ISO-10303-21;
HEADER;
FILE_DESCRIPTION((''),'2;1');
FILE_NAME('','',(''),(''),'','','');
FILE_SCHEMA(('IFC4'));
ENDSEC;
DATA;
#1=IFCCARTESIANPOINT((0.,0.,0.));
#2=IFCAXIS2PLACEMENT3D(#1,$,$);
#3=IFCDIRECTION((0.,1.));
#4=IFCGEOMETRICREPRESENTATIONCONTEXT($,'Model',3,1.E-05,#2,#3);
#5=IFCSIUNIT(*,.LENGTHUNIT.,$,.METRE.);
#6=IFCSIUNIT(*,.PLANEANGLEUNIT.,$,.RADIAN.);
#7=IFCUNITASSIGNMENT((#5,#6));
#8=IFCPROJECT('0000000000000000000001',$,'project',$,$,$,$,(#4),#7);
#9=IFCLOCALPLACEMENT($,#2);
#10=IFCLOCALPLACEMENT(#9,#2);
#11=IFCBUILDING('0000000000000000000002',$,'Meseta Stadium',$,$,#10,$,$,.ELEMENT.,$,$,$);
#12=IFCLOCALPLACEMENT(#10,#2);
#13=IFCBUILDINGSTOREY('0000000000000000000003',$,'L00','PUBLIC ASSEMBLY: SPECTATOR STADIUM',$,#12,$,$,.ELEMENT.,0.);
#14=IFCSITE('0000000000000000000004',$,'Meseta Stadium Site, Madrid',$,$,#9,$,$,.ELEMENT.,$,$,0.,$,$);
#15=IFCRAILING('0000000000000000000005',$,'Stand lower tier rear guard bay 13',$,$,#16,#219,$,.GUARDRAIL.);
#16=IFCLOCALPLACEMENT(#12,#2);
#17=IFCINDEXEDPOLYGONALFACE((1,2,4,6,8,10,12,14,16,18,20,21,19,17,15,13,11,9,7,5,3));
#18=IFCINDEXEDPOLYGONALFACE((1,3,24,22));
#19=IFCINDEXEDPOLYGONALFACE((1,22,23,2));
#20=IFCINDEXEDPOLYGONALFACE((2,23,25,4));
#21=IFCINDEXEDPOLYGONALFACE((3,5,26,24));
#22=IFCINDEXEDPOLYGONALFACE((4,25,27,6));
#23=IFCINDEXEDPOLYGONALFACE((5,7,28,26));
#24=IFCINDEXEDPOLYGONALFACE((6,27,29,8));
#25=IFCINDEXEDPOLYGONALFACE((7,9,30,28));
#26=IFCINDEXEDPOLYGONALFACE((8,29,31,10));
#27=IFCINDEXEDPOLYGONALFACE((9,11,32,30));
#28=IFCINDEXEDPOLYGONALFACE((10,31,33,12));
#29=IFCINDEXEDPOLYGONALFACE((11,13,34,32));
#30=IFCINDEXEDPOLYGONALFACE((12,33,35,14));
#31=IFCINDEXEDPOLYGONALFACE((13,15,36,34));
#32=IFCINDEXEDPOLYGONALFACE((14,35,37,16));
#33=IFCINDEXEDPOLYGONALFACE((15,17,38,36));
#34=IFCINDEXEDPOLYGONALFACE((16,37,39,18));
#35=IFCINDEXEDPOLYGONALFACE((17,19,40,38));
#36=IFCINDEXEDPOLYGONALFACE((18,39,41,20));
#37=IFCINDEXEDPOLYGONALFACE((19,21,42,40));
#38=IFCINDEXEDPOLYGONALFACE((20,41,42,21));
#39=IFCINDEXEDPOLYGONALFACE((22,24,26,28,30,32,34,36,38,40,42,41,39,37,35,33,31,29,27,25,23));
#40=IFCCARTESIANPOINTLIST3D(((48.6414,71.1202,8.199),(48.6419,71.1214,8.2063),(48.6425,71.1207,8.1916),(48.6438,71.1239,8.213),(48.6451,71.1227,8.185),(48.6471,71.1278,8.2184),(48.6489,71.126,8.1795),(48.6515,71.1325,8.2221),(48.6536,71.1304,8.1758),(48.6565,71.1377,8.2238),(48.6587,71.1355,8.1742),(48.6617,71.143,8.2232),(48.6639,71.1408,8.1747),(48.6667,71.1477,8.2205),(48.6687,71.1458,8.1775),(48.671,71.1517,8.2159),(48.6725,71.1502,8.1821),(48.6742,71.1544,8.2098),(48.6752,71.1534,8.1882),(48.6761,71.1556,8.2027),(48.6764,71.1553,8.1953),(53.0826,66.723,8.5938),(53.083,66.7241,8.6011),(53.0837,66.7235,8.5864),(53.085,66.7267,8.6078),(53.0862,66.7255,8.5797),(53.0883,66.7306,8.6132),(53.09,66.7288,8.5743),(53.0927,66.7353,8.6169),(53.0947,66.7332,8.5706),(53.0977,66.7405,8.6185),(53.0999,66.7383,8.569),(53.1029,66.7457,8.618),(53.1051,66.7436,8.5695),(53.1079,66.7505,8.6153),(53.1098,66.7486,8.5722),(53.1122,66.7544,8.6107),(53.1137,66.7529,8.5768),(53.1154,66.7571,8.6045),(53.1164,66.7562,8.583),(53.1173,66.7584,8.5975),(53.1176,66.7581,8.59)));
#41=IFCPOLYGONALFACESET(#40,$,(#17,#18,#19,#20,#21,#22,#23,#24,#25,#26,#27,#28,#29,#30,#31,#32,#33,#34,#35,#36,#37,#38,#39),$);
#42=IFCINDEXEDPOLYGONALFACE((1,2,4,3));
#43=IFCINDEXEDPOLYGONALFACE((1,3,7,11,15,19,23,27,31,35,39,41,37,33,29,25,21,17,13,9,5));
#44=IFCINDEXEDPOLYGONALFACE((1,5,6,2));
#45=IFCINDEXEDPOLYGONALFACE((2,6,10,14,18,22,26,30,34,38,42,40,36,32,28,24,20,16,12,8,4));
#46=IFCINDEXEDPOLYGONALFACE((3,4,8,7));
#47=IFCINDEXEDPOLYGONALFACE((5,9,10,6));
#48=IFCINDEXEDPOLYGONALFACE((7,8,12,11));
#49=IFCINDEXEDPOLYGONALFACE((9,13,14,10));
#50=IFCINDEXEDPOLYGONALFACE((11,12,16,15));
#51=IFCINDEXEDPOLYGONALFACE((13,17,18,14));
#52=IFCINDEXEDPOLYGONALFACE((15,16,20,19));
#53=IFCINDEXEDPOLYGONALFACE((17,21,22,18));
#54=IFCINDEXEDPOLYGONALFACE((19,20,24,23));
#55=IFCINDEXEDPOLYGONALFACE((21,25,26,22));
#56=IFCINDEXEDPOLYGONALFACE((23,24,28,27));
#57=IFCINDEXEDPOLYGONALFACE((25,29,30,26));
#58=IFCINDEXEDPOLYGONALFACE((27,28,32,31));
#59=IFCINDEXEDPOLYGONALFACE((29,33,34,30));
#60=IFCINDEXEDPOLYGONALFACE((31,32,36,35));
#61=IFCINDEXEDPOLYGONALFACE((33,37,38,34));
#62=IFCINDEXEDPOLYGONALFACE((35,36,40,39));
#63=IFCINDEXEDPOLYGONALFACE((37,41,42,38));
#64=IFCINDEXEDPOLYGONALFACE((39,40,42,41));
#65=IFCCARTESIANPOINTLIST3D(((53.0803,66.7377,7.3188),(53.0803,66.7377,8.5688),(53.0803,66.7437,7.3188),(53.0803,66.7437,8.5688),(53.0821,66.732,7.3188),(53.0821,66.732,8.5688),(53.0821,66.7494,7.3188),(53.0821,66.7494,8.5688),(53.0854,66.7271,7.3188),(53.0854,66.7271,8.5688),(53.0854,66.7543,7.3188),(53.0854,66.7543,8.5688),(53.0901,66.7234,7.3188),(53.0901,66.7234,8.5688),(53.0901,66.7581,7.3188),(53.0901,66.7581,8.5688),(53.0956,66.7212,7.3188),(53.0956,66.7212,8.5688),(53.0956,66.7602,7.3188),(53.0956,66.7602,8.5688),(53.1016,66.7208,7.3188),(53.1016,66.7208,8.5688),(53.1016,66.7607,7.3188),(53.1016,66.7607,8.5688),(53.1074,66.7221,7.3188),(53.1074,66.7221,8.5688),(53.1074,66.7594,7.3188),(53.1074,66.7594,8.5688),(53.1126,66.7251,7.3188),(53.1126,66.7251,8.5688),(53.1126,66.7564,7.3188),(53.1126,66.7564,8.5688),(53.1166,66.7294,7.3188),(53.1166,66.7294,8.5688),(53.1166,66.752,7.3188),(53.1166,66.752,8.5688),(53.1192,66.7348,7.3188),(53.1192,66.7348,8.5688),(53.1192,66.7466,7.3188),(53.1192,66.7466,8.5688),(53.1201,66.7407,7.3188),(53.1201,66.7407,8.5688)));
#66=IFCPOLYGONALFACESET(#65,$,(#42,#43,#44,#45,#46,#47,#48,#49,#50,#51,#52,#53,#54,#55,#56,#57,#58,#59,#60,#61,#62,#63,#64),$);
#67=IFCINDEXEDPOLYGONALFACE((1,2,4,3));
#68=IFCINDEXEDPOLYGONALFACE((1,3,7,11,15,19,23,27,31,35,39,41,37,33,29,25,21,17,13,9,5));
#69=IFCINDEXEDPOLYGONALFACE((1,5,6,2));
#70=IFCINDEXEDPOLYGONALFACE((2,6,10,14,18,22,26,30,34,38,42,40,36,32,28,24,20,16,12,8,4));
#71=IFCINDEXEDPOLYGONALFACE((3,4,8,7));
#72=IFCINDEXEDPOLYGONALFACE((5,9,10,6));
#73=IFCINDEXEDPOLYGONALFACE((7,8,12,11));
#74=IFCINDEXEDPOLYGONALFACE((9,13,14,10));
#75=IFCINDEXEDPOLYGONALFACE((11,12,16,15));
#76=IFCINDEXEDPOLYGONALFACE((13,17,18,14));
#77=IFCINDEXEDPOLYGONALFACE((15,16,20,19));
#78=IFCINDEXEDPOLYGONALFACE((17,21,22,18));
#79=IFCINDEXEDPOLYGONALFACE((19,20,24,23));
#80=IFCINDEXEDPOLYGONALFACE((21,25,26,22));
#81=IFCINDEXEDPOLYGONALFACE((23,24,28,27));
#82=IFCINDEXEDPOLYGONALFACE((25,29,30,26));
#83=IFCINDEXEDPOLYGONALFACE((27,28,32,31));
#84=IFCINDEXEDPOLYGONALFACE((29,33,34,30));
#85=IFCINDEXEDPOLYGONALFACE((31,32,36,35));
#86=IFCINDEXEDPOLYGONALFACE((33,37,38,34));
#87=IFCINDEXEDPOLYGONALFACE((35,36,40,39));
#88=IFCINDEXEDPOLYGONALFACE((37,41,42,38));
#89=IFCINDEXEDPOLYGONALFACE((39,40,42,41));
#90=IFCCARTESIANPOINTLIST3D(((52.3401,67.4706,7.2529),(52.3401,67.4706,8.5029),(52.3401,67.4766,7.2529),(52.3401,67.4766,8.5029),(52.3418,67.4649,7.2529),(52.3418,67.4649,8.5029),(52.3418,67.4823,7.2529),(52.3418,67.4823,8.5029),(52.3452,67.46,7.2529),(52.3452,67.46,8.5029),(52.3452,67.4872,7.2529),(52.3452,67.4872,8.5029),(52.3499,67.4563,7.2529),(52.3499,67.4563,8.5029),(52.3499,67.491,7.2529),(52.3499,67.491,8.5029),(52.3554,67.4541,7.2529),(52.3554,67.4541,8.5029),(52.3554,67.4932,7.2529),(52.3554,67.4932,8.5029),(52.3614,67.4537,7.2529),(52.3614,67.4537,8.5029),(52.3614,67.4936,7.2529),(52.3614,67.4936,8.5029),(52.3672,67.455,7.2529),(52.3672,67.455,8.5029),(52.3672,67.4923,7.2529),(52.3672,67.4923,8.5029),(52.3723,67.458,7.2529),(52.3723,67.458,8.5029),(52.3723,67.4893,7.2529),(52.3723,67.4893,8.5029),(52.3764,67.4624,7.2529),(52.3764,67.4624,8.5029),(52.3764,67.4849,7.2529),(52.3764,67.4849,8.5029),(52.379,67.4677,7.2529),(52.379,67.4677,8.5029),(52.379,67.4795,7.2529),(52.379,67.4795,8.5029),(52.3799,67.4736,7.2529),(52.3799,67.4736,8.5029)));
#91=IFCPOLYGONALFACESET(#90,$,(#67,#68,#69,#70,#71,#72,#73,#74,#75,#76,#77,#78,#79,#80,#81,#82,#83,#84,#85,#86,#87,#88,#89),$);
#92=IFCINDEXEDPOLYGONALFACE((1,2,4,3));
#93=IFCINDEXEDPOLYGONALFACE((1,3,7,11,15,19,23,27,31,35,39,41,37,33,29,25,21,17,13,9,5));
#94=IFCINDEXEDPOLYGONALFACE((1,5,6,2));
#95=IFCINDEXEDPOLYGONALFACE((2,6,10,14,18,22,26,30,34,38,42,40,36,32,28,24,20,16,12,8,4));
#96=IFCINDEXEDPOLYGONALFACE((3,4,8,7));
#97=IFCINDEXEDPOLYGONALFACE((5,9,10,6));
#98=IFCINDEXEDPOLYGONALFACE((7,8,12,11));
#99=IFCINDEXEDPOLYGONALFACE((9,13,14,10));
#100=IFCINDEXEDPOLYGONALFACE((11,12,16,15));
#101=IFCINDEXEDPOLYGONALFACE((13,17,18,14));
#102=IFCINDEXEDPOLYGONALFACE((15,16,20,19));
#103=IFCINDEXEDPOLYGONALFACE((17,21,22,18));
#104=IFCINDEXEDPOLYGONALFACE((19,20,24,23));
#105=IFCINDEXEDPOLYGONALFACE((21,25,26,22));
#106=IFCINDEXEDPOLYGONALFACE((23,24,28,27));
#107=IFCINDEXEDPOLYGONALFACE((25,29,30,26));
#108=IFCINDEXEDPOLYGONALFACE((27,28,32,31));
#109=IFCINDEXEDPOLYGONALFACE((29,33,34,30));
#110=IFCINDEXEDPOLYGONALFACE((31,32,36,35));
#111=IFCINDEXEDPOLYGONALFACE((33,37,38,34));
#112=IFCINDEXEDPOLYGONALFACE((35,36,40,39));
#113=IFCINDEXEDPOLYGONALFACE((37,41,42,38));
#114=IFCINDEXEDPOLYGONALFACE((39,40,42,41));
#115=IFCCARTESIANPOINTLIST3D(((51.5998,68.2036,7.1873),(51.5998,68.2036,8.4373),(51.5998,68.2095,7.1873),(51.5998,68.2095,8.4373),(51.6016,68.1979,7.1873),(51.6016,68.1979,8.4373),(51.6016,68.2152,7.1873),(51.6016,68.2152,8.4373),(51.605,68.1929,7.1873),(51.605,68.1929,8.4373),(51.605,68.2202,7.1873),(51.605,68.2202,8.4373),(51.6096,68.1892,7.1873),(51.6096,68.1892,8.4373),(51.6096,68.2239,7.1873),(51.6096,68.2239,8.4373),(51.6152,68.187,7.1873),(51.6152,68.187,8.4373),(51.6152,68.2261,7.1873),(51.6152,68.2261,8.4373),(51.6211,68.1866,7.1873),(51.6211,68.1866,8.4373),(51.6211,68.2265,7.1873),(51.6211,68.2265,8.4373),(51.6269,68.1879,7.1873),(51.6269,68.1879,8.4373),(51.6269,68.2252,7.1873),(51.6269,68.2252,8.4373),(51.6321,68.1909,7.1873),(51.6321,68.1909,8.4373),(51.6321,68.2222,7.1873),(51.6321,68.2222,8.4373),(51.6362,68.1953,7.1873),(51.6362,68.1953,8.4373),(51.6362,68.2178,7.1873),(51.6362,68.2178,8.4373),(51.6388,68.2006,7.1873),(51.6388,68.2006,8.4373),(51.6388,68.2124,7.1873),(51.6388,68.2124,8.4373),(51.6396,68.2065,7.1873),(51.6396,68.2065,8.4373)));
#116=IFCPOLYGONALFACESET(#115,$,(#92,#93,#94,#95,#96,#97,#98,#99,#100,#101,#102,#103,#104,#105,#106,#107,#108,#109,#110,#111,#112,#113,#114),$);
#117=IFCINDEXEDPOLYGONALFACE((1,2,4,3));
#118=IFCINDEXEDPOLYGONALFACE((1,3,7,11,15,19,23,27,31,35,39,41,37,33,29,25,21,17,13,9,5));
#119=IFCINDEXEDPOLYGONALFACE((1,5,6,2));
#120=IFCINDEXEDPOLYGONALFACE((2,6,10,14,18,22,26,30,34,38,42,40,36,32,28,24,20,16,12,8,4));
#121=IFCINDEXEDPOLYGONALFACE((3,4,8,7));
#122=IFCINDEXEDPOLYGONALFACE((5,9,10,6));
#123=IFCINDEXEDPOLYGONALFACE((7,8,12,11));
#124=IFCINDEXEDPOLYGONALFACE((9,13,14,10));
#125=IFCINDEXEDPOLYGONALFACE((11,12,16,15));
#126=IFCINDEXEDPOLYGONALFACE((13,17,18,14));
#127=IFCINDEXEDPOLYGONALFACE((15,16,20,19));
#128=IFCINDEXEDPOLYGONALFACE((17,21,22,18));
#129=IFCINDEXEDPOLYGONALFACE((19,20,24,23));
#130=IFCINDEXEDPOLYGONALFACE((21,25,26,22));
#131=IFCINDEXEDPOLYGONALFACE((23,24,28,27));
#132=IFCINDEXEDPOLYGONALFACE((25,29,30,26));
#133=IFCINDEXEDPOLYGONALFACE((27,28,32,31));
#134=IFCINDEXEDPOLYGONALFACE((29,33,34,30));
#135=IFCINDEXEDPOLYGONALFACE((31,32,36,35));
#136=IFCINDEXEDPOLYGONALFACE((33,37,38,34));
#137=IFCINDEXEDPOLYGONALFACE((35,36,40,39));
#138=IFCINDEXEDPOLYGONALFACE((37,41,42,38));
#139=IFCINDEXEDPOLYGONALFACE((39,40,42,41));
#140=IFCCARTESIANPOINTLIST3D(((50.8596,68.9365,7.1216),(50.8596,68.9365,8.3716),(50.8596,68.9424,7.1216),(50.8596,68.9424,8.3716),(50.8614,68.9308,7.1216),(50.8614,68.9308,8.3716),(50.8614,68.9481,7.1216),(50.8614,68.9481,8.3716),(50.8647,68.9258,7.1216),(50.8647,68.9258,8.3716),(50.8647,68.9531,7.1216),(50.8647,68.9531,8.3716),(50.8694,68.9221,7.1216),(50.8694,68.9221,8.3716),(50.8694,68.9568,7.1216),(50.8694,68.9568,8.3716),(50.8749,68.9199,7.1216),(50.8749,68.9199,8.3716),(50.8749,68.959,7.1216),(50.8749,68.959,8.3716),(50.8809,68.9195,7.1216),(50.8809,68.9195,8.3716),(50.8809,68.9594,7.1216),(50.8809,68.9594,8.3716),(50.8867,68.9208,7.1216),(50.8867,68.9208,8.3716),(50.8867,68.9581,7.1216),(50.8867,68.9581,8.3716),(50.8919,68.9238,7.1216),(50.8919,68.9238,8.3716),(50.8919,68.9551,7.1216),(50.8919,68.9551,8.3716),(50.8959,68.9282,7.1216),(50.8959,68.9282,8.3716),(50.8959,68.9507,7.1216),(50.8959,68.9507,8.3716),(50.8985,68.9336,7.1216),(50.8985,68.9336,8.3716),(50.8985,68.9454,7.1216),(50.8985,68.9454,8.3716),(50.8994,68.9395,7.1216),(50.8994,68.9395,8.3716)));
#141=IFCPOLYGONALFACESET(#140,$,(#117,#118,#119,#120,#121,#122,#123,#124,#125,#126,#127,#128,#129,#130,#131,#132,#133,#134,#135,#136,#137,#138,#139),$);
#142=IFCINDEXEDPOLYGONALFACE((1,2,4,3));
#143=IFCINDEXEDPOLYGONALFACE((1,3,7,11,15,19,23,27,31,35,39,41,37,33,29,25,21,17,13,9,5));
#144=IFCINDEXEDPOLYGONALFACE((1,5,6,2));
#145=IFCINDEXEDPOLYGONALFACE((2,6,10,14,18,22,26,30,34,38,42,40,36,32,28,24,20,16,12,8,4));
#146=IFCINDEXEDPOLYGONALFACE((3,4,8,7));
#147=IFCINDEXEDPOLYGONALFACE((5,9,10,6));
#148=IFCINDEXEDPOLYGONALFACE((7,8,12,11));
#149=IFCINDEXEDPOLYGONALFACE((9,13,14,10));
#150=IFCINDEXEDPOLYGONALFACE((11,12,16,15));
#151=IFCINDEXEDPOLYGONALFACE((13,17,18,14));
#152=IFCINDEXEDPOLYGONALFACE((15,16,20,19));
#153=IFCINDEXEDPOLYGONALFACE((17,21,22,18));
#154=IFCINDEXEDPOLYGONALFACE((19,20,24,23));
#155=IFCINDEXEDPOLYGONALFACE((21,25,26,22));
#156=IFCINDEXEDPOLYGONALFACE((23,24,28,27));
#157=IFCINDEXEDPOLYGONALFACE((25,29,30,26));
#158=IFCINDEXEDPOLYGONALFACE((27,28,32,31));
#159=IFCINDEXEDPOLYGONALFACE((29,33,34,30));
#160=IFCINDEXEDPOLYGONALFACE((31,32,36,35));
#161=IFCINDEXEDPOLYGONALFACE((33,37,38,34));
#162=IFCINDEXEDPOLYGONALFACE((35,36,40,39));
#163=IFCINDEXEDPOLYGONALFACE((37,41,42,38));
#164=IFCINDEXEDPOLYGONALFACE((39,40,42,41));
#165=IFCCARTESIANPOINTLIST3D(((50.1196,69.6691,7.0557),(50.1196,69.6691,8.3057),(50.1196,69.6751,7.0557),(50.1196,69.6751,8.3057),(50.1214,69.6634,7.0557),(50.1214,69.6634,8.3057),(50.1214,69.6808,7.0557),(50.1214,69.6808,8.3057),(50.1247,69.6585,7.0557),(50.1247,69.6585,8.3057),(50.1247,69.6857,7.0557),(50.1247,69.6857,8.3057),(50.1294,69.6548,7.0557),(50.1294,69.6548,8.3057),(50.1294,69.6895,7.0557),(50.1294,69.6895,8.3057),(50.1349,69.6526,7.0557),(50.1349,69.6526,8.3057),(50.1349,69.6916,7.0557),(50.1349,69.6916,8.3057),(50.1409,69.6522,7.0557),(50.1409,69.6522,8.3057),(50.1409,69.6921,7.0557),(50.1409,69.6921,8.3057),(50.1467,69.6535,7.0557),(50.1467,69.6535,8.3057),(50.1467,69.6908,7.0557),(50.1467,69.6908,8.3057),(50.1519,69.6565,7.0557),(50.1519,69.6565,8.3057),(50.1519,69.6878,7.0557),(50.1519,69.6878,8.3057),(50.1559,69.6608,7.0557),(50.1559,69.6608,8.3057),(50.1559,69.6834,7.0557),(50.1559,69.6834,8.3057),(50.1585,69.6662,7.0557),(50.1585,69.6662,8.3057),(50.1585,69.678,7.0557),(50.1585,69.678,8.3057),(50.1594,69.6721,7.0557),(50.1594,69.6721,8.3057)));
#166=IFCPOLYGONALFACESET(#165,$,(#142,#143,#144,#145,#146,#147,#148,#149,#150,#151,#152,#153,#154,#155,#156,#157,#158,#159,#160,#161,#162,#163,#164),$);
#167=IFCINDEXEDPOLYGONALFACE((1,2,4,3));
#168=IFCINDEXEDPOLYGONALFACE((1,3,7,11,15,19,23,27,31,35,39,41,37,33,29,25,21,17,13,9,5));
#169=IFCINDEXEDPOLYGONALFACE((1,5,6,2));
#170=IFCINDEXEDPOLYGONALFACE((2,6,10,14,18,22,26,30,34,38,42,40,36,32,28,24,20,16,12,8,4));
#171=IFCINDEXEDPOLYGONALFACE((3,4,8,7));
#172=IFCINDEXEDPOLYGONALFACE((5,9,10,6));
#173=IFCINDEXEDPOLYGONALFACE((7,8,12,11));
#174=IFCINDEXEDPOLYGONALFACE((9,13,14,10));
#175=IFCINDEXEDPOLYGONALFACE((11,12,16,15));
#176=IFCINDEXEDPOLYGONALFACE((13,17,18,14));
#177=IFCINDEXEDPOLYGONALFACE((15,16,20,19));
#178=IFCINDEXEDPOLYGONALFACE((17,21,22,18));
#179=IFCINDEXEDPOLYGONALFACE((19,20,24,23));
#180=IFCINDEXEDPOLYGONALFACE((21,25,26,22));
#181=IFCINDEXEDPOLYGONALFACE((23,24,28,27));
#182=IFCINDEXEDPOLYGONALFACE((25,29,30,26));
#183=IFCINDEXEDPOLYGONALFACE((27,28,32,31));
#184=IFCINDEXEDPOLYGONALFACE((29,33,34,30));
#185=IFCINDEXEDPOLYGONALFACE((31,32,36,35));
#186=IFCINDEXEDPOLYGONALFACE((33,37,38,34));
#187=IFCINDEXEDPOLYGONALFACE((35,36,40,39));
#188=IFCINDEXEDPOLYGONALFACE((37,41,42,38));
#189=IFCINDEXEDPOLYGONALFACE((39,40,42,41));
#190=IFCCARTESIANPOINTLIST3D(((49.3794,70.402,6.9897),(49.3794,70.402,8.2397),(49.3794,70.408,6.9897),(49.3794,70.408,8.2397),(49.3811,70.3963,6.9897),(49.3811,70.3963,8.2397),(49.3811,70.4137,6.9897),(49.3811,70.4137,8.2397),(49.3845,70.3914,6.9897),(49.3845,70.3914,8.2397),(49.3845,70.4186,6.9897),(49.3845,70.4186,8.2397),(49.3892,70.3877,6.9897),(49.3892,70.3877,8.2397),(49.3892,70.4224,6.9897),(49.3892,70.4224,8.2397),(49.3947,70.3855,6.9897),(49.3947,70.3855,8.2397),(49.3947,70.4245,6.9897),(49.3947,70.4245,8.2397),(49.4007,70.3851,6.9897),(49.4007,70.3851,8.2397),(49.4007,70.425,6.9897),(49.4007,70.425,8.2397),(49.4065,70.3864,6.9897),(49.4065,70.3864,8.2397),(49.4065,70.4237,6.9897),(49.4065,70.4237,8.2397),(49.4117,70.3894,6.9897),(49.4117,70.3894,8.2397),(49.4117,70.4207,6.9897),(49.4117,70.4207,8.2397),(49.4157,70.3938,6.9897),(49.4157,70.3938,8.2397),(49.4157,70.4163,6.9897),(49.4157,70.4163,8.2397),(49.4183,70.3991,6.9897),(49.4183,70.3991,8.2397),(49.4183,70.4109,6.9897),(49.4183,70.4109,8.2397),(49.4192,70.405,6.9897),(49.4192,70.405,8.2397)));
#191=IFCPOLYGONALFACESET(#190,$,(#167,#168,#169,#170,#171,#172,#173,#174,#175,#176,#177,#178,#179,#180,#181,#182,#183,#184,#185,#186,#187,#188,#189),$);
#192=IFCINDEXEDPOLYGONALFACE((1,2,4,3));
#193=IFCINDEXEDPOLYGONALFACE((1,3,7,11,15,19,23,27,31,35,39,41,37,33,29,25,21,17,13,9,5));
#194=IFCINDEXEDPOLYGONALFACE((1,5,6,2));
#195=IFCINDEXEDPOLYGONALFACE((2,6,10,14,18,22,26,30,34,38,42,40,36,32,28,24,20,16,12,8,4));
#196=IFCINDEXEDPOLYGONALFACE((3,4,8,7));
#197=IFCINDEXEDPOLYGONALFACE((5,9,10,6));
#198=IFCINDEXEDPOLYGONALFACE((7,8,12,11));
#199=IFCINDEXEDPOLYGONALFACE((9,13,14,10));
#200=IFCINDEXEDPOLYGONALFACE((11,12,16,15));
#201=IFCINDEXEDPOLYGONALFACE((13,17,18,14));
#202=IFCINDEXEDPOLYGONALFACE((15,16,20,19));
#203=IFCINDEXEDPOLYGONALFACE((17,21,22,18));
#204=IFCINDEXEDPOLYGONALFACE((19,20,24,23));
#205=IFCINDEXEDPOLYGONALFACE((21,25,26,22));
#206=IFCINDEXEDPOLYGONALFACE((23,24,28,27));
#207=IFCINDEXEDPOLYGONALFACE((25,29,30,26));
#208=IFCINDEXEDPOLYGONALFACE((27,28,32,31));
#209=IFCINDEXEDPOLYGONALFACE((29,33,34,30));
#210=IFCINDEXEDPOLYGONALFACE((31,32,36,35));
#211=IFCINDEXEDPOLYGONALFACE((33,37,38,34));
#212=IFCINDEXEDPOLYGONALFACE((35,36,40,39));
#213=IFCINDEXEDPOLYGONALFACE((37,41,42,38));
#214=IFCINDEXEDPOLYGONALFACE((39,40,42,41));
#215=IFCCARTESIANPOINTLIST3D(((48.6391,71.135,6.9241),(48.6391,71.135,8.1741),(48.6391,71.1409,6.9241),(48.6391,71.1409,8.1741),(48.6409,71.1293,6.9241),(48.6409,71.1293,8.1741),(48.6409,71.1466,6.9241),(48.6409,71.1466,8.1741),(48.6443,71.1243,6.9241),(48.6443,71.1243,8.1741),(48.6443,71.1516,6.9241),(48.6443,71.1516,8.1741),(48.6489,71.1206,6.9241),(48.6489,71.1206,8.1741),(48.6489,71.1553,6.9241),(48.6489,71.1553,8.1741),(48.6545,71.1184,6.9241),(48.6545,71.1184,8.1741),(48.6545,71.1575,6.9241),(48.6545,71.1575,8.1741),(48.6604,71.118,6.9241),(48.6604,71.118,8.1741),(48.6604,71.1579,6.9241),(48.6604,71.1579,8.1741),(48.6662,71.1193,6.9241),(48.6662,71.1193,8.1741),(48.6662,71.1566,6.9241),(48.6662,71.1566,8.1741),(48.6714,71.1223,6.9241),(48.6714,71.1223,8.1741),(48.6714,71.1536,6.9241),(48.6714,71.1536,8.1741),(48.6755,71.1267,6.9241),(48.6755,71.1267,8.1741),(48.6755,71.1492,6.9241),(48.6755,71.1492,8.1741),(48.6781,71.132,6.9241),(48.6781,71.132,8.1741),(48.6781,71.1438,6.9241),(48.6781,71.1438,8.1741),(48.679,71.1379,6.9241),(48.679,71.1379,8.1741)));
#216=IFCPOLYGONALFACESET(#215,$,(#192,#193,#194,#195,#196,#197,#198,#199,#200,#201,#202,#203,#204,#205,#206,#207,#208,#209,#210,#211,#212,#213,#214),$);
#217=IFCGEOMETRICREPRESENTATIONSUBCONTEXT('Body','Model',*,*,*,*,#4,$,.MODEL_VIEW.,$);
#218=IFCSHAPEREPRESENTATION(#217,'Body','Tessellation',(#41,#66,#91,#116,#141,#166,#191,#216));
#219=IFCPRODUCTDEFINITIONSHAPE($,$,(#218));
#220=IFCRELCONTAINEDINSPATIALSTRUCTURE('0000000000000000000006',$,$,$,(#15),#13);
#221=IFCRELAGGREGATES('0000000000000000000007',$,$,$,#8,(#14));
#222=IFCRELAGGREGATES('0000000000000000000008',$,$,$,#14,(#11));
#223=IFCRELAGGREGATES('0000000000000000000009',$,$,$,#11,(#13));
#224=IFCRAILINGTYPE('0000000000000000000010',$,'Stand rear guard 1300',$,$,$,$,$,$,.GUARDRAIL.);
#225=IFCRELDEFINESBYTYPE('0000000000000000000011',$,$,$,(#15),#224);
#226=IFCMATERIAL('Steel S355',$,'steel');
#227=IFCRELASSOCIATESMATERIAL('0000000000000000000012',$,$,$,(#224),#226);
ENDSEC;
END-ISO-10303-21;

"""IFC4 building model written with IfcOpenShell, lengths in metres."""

from ifc_helpers import new_model, si_unit, direction, frame, origin, origin_2d, place, context, subcontext, project, spatial, circle, extrude, material, type_object, element, save


model = new_model("IFC4")

# Units and contexts
model_context = context("Model", 3, precision=1e-05, world=origin(), true_north=direction((0.0, 1.0)))
body_context = subcontext(model_context, "Body", "Model", "MODEL_VIEW")
ifc_project = project(units=[si_unit("LENGTHUNIT", "METRE"), si_unit("PLANEANGLEUNIT", "RADIAN")], contexts=[model_context])

# Site, building, storey
site_placement = place(None, origin())
site = spatial("IfcSite", under=ifc_project, at=site_placement, Name="Meseta Stadium Site, Madrid", CompositionType="ELEMENT", RefElevation=0.0)
building_placement = place(site_placement, origin())
building = spatial("IfcBuilding", under=site, at=building_placement, Name="Meseta Stadium", CompositionType="ELEMENT")
storey_placement = place(building_placement, origin())
storey = spatial("IfcBuildingStorey", under=building, at=storey_placement, Name="L00", Description="PUBLIC ASSEMBLY: SPECTATOR STADIUM", CompositionType="ELEMENT", Elevation=0.0)

# Railing
ifc_material_1 = material(Name="Steel S355", Category="steel")
railing_type = type_object("IfcRailingType", Name="Stand rear guard 1300", PredefinedType="GUARDRAIL", material=ifc_material_1)
railing_placement = place(storey_placement, frame((53.1001, 66.7407, 7.3188)))
element("IfcRailing", 1, at=railing_placement, inside=storey, type_object=railing_type, Name="Stand lower tier rear guard bay 13", PredefinedType="GUARDRAIL", context=body_context, shape_type="SweptSolid", body=[
    extrude(circle(Radius=0.0249, at=origin_2d()), frame((0.0, 0.0, 1.2749), z_axis=(-0.7092, 0.702183, -0.063041), x_axis=(-0.703582, -0.710614, 0.0)), (0.0, 0.0, 1.0), 6.2622),
    extrude(circle(Radius=0.02, at=origin_2d()), origin(), (0.0, 0.0, 1.0), 1.25),
    extrude(circle(Radius=0.02, at=origin_2d()), frame((-0.7402, 0.7329, -0.0659)), (0.0, 0.0, 1.0), 1.25),
    extrude(circle(Radius=0.02, at=origin_2d()), frame((-1.4805, 1.4658, -0.1316)), (0.0, 0.0, 1.0), 1.25),
    extrude(circle(Radius=0.02, at=origin_2d()), frame((-2.2207, 2.1987, -0.1973)), (0.0, 0.0, 1.0), 1.25),
    extrude(circle(Radius=0.02, at=origin_2d()), frame((-2.9607, 2.9314, -0.2632)), (0.0, 0.0, 1.0), 1.25),
    extrude(circle(Radius=0.02, at=origin_2d()), frame((-3.7009, 3.6643, -0.3291)), (0.0, 0.0, 1.0), 1.25),
    extrude(circle(Radius=0.02, at=origin_2d()), frame((-4.4412, 4.3972, -0.3948)), (0.0, 0.0, 1.0), 1.25),
])

save(model, "model.ifc")
